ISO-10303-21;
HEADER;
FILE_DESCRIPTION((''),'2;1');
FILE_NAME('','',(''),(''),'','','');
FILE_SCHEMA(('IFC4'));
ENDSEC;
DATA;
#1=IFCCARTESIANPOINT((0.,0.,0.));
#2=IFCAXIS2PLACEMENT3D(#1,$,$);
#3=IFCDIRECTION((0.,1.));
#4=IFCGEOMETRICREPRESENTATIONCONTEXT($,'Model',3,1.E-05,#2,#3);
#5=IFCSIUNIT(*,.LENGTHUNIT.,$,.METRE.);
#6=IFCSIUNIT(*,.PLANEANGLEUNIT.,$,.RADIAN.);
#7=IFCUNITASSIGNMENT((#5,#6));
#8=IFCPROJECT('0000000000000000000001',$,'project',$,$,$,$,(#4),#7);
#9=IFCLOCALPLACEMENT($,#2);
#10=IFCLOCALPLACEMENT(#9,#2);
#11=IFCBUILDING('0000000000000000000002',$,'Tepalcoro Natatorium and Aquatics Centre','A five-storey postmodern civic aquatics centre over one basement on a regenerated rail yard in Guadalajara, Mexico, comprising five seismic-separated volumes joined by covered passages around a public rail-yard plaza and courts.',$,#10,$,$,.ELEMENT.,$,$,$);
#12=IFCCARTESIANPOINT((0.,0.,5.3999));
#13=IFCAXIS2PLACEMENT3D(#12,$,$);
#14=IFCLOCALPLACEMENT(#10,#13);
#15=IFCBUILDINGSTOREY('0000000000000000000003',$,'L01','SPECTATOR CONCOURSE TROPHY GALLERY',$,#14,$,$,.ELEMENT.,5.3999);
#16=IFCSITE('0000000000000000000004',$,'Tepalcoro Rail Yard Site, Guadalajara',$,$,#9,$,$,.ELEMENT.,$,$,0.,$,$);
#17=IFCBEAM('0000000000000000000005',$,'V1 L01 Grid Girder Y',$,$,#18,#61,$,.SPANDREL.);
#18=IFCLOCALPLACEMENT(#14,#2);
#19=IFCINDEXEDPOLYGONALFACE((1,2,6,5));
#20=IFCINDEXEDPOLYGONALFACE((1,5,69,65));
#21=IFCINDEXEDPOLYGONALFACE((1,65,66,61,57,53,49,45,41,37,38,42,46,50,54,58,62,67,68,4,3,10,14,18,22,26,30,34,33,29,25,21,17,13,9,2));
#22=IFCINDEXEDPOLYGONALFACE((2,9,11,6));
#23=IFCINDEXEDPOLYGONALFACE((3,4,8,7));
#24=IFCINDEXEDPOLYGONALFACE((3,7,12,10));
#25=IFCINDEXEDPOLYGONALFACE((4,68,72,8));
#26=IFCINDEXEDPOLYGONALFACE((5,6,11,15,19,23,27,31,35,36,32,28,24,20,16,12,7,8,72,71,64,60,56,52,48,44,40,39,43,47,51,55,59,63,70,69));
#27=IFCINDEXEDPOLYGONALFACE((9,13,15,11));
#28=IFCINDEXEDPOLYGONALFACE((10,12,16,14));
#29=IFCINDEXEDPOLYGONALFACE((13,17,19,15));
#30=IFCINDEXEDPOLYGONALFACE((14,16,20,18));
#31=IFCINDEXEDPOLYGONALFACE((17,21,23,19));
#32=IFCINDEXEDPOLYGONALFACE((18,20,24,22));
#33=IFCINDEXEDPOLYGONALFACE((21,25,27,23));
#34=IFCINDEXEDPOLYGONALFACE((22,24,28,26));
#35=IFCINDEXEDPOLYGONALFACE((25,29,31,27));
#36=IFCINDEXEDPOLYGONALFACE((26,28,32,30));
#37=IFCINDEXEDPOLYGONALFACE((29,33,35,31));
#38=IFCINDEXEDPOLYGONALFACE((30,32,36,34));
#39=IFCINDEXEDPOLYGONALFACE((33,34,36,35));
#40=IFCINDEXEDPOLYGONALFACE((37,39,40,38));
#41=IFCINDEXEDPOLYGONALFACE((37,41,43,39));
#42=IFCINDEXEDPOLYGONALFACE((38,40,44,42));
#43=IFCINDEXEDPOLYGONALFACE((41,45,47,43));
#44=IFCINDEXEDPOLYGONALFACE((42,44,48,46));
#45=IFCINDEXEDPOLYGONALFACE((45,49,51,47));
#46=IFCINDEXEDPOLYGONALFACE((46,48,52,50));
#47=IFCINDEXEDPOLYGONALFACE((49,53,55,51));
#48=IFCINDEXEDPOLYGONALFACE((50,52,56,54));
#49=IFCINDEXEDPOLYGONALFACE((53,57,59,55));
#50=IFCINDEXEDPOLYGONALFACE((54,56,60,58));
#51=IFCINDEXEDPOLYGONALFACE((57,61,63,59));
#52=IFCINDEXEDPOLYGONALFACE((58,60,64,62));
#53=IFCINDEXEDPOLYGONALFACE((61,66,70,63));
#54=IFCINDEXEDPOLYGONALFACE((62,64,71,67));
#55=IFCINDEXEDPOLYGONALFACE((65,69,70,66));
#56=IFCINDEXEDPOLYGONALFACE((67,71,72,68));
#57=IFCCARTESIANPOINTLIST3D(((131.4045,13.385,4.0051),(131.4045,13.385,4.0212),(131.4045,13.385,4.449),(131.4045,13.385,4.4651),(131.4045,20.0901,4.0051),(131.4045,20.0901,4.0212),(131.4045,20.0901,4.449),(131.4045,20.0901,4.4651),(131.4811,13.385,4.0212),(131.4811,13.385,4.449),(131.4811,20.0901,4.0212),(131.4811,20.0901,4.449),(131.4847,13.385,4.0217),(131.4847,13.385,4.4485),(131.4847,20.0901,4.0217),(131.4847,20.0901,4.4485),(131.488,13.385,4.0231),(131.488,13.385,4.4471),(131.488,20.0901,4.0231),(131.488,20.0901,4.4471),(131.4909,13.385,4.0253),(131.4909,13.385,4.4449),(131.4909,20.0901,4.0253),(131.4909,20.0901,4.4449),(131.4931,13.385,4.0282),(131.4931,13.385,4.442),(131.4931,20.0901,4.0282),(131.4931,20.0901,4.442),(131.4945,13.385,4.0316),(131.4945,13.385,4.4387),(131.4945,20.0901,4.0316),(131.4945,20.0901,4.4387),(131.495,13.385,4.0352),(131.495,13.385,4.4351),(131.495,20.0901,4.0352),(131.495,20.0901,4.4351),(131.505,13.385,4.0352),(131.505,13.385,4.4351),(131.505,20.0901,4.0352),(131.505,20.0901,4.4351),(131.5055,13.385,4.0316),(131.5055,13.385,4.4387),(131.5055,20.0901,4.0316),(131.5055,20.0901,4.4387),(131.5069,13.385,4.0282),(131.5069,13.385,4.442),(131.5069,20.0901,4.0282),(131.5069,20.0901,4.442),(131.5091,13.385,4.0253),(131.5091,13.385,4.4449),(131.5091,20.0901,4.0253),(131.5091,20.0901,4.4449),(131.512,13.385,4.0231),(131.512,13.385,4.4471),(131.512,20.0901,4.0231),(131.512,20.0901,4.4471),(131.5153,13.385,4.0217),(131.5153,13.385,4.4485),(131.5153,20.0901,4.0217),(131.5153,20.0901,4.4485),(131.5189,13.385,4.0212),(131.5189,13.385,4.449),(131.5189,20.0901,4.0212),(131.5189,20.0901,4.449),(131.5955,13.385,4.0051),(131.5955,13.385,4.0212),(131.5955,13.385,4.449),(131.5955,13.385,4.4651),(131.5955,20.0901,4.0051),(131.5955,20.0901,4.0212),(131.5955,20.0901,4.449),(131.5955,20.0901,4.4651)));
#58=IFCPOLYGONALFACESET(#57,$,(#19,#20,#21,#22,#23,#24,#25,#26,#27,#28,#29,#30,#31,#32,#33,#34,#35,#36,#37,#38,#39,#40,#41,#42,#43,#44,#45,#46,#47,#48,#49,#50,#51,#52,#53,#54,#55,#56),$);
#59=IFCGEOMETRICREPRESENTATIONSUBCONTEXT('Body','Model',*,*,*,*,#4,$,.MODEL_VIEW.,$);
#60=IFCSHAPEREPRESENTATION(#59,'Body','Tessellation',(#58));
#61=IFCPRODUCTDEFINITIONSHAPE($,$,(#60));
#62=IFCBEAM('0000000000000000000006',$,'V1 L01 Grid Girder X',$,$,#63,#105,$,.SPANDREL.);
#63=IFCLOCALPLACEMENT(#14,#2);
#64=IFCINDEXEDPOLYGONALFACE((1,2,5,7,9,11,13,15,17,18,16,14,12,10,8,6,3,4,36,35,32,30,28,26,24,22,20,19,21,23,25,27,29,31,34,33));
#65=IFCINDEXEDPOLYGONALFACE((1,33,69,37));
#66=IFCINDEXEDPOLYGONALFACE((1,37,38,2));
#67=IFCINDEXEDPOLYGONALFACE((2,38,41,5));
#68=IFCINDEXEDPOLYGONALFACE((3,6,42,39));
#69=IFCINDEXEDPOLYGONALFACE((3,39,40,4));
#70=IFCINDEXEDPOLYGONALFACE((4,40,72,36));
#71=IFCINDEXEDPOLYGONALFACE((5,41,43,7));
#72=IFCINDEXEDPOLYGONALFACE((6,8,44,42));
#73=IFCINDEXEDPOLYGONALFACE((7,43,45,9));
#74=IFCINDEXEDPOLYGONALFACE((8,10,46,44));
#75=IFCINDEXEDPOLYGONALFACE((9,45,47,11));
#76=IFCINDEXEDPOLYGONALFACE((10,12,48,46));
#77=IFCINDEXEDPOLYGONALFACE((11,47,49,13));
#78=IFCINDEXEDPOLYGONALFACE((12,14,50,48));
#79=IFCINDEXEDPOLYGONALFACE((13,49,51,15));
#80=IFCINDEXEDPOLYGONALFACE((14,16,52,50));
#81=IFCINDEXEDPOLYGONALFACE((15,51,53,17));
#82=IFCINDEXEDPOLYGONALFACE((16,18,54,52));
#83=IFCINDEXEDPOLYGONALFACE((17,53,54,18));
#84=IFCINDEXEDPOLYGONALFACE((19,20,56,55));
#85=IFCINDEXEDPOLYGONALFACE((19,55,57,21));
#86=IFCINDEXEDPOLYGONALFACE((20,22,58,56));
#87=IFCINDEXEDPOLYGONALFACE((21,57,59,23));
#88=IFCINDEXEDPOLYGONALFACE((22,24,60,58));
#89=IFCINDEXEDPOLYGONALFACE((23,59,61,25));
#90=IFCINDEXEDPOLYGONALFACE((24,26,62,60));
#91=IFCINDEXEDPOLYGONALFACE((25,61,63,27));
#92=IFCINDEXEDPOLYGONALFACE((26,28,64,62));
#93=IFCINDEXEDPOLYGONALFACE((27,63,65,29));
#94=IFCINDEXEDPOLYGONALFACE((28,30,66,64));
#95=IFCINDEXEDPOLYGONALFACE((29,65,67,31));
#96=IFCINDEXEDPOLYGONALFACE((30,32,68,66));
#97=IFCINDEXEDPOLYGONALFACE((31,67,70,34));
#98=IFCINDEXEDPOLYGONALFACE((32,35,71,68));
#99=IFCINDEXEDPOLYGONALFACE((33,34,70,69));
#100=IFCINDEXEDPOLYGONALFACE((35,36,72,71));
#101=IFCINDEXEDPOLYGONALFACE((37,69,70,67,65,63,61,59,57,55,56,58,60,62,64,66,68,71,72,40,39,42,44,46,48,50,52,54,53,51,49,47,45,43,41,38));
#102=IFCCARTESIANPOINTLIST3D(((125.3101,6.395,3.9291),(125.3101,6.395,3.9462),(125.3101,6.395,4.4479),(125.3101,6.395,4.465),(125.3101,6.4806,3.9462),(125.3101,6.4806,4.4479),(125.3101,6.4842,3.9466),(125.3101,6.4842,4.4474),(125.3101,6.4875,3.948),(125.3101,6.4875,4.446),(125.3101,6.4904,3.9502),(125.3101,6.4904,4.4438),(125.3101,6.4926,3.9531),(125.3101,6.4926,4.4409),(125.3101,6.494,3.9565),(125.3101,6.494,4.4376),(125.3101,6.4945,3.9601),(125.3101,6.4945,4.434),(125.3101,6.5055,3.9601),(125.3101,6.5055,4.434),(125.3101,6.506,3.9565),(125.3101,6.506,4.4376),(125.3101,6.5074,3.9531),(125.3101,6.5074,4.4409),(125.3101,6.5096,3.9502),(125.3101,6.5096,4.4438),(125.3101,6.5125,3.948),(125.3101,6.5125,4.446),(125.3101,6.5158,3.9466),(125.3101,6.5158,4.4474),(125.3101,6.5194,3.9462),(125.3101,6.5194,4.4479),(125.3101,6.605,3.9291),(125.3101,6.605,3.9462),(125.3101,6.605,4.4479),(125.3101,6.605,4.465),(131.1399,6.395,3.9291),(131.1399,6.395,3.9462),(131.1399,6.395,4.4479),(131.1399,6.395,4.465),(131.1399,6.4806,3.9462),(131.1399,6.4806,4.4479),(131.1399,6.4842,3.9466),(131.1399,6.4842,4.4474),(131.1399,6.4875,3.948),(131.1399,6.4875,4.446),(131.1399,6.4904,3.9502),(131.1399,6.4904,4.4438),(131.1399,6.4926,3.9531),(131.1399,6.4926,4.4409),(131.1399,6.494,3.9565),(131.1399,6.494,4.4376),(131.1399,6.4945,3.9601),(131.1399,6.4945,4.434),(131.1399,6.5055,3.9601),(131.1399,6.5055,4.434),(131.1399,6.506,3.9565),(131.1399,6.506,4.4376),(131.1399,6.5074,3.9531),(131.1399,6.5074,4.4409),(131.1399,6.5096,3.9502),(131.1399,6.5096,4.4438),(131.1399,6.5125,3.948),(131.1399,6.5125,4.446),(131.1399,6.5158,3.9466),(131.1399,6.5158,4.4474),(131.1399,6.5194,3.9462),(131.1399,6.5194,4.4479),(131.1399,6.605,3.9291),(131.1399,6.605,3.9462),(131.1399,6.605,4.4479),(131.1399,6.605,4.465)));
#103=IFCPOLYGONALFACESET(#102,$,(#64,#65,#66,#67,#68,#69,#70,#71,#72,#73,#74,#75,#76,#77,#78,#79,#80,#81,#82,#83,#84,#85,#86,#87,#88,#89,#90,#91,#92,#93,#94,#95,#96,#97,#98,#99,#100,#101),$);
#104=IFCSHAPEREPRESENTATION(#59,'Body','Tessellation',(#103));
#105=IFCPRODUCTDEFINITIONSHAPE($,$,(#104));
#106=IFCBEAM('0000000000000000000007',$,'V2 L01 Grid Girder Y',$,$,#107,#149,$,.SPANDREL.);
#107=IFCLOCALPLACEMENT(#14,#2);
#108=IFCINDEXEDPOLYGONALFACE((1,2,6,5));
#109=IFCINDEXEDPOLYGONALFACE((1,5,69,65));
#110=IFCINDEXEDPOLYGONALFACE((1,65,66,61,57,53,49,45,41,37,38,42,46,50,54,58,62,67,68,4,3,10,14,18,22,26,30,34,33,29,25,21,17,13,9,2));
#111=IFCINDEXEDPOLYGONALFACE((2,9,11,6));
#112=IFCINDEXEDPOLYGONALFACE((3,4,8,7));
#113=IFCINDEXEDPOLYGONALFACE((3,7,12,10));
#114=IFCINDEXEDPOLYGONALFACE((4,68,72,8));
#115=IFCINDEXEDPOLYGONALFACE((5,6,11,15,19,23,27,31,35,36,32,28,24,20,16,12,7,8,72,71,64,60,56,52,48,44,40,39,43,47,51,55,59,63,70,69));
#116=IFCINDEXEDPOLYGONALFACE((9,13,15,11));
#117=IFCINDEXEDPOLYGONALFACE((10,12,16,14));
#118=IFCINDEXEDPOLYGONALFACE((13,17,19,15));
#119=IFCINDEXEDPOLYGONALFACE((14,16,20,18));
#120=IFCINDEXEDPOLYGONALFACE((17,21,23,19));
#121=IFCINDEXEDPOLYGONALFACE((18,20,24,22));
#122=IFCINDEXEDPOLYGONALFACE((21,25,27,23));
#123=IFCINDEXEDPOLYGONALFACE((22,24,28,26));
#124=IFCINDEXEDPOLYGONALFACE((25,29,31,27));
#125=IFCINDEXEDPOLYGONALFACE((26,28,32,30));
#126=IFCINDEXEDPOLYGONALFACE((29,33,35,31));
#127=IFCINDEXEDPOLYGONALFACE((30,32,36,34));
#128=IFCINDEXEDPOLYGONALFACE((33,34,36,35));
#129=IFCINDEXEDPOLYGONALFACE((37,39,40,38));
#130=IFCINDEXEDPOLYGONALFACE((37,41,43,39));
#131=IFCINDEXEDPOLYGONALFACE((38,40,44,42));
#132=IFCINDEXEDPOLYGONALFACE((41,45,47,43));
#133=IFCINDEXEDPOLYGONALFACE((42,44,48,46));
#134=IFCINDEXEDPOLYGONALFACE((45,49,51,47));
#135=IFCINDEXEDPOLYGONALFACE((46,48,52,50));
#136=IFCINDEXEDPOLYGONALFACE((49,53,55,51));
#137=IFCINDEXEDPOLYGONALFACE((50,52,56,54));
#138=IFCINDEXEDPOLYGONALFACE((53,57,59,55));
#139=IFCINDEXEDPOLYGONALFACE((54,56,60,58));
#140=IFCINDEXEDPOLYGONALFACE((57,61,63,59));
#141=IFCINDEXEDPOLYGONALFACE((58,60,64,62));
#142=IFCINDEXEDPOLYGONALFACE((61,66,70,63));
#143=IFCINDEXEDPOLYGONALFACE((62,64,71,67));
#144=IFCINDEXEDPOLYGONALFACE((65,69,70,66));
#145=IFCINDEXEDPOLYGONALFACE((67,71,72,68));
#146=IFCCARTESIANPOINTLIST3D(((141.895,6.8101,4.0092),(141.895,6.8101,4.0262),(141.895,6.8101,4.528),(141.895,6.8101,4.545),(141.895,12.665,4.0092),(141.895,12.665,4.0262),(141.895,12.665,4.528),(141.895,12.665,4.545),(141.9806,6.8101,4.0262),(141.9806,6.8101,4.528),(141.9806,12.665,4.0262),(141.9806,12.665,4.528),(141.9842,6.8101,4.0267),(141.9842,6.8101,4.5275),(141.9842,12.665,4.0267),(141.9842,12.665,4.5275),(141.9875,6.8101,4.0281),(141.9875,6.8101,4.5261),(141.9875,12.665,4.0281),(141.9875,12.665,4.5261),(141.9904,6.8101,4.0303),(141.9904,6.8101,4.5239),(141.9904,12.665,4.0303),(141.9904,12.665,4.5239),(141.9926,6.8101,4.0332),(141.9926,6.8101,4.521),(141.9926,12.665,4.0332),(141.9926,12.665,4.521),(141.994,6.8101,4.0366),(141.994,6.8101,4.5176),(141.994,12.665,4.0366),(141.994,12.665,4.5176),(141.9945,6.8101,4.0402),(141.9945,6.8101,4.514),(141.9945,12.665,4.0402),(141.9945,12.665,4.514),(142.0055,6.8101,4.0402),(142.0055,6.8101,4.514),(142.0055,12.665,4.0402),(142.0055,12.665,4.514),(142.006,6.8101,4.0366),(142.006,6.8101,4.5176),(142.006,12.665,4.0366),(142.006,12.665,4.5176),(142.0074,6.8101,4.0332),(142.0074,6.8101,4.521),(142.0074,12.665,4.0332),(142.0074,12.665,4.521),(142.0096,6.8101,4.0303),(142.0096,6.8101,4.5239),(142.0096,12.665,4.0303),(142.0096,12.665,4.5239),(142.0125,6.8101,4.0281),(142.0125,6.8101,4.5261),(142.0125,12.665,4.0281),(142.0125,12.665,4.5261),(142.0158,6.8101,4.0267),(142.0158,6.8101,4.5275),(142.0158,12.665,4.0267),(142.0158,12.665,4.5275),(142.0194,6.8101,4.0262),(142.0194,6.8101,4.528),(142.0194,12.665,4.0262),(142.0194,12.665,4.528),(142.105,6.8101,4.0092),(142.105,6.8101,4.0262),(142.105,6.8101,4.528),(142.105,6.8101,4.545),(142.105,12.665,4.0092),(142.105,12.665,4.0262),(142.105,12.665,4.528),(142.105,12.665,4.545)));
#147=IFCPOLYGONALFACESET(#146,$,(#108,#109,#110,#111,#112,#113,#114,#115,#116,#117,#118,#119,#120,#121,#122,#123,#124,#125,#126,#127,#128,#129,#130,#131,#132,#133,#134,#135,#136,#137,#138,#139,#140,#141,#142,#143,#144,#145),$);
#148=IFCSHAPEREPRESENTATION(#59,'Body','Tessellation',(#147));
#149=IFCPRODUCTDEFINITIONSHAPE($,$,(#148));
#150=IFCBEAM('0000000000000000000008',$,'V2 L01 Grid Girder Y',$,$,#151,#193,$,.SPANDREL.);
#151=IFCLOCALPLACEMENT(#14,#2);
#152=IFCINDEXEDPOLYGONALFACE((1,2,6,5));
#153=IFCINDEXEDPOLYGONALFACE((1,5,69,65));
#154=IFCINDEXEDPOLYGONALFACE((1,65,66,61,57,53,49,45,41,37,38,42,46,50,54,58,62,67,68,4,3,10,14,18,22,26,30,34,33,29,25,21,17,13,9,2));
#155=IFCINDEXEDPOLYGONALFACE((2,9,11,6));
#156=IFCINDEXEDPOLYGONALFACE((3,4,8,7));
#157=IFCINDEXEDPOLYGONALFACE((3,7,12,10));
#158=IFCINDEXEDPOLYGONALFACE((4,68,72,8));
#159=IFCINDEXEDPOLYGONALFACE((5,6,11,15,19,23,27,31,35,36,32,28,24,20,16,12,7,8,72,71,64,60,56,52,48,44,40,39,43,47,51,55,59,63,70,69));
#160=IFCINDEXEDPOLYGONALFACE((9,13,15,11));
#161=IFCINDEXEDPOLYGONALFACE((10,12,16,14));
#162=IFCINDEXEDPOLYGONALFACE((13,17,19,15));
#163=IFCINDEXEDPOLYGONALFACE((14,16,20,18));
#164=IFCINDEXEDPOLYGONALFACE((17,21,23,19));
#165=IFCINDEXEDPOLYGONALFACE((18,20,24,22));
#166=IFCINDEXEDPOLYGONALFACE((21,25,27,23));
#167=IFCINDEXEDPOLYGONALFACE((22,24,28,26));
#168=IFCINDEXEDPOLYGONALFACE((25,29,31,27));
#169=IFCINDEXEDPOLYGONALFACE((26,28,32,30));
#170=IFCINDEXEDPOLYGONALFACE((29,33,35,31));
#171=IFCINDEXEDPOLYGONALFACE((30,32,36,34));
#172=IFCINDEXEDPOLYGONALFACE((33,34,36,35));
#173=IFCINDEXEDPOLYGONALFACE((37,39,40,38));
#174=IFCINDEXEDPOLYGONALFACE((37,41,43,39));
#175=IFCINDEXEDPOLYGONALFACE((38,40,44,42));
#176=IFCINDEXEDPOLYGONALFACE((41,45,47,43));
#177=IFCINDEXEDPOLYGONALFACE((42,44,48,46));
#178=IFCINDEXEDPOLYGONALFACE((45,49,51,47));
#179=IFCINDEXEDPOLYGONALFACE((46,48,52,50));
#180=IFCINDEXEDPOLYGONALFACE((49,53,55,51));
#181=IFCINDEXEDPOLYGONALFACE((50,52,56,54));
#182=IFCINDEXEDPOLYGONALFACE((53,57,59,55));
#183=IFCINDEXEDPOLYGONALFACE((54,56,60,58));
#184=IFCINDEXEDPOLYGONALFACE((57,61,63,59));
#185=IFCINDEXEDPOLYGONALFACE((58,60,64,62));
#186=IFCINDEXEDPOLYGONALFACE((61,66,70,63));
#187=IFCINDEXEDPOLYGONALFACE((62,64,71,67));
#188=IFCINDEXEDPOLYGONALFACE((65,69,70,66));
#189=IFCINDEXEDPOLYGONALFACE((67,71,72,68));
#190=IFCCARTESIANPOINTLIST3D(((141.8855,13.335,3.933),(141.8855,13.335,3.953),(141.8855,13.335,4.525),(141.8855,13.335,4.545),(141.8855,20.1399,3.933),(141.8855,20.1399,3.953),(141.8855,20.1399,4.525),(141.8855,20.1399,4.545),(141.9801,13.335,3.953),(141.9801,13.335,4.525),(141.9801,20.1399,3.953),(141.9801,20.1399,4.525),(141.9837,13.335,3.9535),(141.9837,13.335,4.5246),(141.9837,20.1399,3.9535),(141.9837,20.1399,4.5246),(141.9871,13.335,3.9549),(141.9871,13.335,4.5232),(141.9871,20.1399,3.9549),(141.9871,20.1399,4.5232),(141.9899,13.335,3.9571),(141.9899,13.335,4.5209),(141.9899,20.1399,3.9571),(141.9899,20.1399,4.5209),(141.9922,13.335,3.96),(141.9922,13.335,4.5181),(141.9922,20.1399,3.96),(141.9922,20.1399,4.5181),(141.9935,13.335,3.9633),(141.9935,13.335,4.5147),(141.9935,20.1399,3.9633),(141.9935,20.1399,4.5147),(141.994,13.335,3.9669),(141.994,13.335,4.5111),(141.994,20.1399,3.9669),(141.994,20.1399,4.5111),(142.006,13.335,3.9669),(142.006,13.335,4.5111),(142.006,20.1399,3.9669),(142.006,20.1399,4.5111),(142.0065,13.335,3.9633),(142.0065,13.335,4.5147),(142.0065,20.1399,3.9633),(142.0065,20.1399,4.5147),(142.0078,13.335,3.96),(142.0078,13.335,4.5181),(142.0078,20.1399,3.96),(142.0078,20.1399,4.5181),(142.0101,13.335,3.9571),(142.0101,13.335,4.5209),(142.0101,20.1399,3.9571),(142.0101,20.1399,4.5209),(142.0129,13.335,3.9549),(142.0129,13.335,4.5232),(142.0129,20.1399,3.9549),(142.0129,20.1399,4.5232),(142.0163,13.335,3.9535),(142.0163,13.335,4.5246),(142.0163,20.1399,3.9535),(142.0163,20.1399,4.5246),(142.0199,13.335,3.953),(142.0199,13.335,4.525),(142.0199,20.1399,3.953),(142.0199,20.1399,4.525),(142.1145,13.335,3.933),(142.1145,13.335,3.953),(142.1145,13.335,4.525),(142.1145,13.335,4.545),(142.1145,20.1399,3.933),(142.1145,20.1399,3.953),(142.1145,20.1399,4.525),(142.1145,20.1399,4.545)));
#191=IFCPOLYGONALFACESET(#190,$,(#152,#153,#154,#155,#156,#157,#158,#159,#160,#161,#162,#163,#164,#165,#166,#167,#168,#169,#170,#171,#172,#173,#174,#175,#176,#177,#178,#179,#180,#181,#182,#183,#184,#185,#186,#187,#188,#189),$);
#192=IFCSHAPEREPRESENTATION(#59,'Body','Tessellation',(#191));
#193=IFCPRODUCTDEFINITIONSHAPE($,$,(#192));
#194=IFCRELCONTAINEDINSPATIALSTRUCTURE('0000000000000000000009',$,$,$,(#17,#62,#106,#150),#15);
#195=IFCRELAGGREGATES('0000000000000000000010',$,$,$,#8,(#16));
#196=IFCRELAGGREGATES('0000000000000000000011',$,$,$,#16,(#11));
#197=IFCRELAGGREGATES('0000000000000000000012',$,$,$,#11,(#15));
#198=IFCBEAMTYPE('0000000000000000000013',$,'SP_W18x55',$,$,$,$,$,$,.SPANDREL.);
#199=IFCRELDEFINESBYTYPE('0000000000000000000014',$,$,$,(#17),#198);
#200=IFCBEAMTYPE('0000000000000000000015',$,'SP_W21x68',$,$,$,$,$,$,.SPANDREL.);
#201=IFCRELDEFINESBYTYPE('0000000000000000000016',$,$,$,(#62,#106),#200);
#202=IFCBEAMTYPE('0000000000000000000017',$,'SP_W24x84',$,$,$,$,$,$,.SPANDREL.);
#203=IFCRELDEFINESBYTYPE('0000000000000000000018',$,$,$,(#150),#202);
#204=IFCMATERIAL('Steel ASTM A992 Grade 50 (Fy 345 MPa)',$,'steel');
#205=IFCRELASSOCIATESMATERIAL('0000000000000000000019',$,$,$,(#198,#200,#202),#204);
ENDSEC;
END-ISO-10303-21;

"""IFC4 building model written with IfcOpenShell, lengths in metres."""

from ifc_helpers import new_model, si_unit, direction, frame, origin, origin_2d, place, context, subcontext, project, spatial, i_section, extrude, material, material_profile, profile_set, type_object, element, save


model = new_model("IFC4")

# Units and contexts
model_context = context("Model", 3, precision=1e-05, world=origin(), true_north=direction((0.0, 1.0)))
body_context = subcontext(model_context, "Body", "Model", "MODEL_VIEW")
ifc_project = project(units=[si_unit("LENGTHUNIT", "METRE"), si_unit("PLANEANGLEUNIT", "RADIAN")], contexts=[model_context])

# Site, building, storey
site_placement = place(None, origin())
site = spatial("IfcSite", under=ifc_project, at=site_placement, Name="Tepalcoro Rail Yard Site, Guadalajara", CompositionType="ELEMENT", RefElevation=0.0)
building_placement = place(site_placement, origin())
building = spatial("IfcBuilding", under=site, at=building_placement, Name="Tepalcoro Natatorium and Aquatics Centre", Description="A five-storey postmodern civic aquatics centre over one basement on a regenerated rail yard in Guadalajara, Mexico, comprising five seismic-separated volumes joined by covered passages around a public rail-yard plaza and courts.", CompositionType="ELEMENT")
storey_placement = place(building_placement, frame((0.0, 0.0, 5.3999)))
storey = spatial("IfcBuildingStorey", under=building, at=storey_placement, Name="L01", Description="SPECTATOR CONCOURSE TROPHY GALLERY", CompositionType="ELEMENT", Elevation=5.3999)

# Shared definitions
ifc_material_1 = material(Name="Steel ASTM A992 Grade 50 (Fy 345 MPa)", Category="steel")

# Beams
ifc_material_profile_1 = material_profile(ifc_material_1, i_section(OverallWidth=0.1909, OverallDepth=0.46, WebThickness=0.01, FlangeThickness=0.0161, FilletRadius=0.0139, at=origin_2d()), Name="W18X55")
ifc_profile_set_1 = profile_set([ifc_material_profile_1], Name="Steel ASTM A992 Grade 50 (Fy 345 MPa)")
beam_type_1 = type_object("IfcBeamType", Name="SP_W18x55", PredefinedType="SPANDREL", material=ifc_profile_set_1)
beam_1_placement = place(storey_placement, frame((131.5, 13.385, 4.2351), z_axis=(0.0, 1.0, 0.0), x_axis=(-1.0, 0.0, 0.0)))
element("IfcBeam", 1, at=beam_1_placement, inside=storey, type_object=beam_type_1, Name="V1 L01 Grid Girder Y", PredefinedType="SPANDREL", context=body_context, shape_type="SweptSolid", body=[
    extrude(i_section(OverallWidth=0.1909, OverallDepth=0.46, WebThickness=0.01, FlangeThickness=0.0161, FilletRadius=0.0139, at=origin_2d()), origin(), (0.0, 0.0, 1.0), 6.7051),
])
ifc_material_profile_2 = material_profile(ifc_material_1, i_section(OverallWidth=0.21, OverallDepth=0.5359, WebThickness=0.011, FlangeThickness=0.0171, FilletRadius=0.0139, at=origin_2d()), Name="W21X68")
ifc_profile_set_2 = profile_set([ifc_material_profile_2], Name="Steel ASTM A992 Grade 50 (Fy 345 MPa)")
beam_type_2 = type_object("IfcBeamType", Name="SP_W21x68", PredefinedType="SPANDREL", material=ifc_profile_set_2)
beam_2_placement = place(storey_placement, frame((125.3101, 6.5, 4.197), z_axis=(1.0, 0.0, 0.0), x_axis=(0.0, 1.0, 0.0)))
element("IfcBeam", 2, at=beam_2_placement, inside=storey, type_object=beam_type_2, Name="V1 L01 Grid Girder X", PredefinedType="SPANDREL", context=body_context, shape_type="SweptSolid", body=[
    extrude(i_section(OverallWidth=0.21, OverallDepth=0.5359, WebThickness=0.011, FlangeThickness=0.0171, FilletRadius=0.0139, at=origin_2d()), origin(), (0.0, 0.0, 1.0), 5.8298),
])
beam_3_placement = place(storey_placement, frame((142.0, 6.8101, 4.2771), z_axis=(0.0, 1.0, 0.0), x_axis=(-1.0, 0.0, 0.0)))
element("IfcBeam", 3, at=beam_3_placement, inside=storey, type_object=beam_type_2, Name="V2 L01 Grid Girder Y", PredefinedType="SPANDREL", context=body_context, shape_type="SweptSolid", body=[
    extrude(i_section(OverallWidth=0.21, OverallDepth=0.5359, WebThickness=0.011, FlangeThickness=0.0171, FilletRadius=0.0139, at=origin_2d()), origin(), (0.0, 0.0, 1.0), 5.855),
])
ifc_material_profile_3 = material_profile(ifc_material_1, i_section(OverallWidth=0.229, OverallDepth=0.6121, WebThickness=0.012, FlangeThickness=0.02, FilletRadius=0.0139, at=origin_2d()), Name="W24X84")
ifc_profile_set_3 = profile_set([ifc_material_profile_3], Name="Steel ASTM A992 Grade 50 (Fy 345 MPa)")
beam_type_3 = type_object("IfcBeamType", Name="SP_W24x84", PredefinedType="SPANDREL", material=ifc_profile_set_3)
beam_4_placement = place(storey_placement, frame((142.0, 13.335, 4.239), z_axis=(0.0, 1.0, 0.0), x_axis=(-1.0, 0.0, 0.0)))
element("IfcBeam", 4, at=beam_4_placement, inside=storey, type_object=beam_type_3, Name="V2 L01 Grid Girder Y", PredefinedType="SPANDREL", context=body_context, shape_type="SweptSolid", body=[
    extrude(i_section(OverallWidth=0.229, OverallDepth=0.6121, WebThickness=0.012, FlangeThickness=0.02, FilletRadius=0.0139, at=origin_2d()), origin(), (0.0, 0.0, 1.0), 6.8049),
])

save(model, "model.ifc")
